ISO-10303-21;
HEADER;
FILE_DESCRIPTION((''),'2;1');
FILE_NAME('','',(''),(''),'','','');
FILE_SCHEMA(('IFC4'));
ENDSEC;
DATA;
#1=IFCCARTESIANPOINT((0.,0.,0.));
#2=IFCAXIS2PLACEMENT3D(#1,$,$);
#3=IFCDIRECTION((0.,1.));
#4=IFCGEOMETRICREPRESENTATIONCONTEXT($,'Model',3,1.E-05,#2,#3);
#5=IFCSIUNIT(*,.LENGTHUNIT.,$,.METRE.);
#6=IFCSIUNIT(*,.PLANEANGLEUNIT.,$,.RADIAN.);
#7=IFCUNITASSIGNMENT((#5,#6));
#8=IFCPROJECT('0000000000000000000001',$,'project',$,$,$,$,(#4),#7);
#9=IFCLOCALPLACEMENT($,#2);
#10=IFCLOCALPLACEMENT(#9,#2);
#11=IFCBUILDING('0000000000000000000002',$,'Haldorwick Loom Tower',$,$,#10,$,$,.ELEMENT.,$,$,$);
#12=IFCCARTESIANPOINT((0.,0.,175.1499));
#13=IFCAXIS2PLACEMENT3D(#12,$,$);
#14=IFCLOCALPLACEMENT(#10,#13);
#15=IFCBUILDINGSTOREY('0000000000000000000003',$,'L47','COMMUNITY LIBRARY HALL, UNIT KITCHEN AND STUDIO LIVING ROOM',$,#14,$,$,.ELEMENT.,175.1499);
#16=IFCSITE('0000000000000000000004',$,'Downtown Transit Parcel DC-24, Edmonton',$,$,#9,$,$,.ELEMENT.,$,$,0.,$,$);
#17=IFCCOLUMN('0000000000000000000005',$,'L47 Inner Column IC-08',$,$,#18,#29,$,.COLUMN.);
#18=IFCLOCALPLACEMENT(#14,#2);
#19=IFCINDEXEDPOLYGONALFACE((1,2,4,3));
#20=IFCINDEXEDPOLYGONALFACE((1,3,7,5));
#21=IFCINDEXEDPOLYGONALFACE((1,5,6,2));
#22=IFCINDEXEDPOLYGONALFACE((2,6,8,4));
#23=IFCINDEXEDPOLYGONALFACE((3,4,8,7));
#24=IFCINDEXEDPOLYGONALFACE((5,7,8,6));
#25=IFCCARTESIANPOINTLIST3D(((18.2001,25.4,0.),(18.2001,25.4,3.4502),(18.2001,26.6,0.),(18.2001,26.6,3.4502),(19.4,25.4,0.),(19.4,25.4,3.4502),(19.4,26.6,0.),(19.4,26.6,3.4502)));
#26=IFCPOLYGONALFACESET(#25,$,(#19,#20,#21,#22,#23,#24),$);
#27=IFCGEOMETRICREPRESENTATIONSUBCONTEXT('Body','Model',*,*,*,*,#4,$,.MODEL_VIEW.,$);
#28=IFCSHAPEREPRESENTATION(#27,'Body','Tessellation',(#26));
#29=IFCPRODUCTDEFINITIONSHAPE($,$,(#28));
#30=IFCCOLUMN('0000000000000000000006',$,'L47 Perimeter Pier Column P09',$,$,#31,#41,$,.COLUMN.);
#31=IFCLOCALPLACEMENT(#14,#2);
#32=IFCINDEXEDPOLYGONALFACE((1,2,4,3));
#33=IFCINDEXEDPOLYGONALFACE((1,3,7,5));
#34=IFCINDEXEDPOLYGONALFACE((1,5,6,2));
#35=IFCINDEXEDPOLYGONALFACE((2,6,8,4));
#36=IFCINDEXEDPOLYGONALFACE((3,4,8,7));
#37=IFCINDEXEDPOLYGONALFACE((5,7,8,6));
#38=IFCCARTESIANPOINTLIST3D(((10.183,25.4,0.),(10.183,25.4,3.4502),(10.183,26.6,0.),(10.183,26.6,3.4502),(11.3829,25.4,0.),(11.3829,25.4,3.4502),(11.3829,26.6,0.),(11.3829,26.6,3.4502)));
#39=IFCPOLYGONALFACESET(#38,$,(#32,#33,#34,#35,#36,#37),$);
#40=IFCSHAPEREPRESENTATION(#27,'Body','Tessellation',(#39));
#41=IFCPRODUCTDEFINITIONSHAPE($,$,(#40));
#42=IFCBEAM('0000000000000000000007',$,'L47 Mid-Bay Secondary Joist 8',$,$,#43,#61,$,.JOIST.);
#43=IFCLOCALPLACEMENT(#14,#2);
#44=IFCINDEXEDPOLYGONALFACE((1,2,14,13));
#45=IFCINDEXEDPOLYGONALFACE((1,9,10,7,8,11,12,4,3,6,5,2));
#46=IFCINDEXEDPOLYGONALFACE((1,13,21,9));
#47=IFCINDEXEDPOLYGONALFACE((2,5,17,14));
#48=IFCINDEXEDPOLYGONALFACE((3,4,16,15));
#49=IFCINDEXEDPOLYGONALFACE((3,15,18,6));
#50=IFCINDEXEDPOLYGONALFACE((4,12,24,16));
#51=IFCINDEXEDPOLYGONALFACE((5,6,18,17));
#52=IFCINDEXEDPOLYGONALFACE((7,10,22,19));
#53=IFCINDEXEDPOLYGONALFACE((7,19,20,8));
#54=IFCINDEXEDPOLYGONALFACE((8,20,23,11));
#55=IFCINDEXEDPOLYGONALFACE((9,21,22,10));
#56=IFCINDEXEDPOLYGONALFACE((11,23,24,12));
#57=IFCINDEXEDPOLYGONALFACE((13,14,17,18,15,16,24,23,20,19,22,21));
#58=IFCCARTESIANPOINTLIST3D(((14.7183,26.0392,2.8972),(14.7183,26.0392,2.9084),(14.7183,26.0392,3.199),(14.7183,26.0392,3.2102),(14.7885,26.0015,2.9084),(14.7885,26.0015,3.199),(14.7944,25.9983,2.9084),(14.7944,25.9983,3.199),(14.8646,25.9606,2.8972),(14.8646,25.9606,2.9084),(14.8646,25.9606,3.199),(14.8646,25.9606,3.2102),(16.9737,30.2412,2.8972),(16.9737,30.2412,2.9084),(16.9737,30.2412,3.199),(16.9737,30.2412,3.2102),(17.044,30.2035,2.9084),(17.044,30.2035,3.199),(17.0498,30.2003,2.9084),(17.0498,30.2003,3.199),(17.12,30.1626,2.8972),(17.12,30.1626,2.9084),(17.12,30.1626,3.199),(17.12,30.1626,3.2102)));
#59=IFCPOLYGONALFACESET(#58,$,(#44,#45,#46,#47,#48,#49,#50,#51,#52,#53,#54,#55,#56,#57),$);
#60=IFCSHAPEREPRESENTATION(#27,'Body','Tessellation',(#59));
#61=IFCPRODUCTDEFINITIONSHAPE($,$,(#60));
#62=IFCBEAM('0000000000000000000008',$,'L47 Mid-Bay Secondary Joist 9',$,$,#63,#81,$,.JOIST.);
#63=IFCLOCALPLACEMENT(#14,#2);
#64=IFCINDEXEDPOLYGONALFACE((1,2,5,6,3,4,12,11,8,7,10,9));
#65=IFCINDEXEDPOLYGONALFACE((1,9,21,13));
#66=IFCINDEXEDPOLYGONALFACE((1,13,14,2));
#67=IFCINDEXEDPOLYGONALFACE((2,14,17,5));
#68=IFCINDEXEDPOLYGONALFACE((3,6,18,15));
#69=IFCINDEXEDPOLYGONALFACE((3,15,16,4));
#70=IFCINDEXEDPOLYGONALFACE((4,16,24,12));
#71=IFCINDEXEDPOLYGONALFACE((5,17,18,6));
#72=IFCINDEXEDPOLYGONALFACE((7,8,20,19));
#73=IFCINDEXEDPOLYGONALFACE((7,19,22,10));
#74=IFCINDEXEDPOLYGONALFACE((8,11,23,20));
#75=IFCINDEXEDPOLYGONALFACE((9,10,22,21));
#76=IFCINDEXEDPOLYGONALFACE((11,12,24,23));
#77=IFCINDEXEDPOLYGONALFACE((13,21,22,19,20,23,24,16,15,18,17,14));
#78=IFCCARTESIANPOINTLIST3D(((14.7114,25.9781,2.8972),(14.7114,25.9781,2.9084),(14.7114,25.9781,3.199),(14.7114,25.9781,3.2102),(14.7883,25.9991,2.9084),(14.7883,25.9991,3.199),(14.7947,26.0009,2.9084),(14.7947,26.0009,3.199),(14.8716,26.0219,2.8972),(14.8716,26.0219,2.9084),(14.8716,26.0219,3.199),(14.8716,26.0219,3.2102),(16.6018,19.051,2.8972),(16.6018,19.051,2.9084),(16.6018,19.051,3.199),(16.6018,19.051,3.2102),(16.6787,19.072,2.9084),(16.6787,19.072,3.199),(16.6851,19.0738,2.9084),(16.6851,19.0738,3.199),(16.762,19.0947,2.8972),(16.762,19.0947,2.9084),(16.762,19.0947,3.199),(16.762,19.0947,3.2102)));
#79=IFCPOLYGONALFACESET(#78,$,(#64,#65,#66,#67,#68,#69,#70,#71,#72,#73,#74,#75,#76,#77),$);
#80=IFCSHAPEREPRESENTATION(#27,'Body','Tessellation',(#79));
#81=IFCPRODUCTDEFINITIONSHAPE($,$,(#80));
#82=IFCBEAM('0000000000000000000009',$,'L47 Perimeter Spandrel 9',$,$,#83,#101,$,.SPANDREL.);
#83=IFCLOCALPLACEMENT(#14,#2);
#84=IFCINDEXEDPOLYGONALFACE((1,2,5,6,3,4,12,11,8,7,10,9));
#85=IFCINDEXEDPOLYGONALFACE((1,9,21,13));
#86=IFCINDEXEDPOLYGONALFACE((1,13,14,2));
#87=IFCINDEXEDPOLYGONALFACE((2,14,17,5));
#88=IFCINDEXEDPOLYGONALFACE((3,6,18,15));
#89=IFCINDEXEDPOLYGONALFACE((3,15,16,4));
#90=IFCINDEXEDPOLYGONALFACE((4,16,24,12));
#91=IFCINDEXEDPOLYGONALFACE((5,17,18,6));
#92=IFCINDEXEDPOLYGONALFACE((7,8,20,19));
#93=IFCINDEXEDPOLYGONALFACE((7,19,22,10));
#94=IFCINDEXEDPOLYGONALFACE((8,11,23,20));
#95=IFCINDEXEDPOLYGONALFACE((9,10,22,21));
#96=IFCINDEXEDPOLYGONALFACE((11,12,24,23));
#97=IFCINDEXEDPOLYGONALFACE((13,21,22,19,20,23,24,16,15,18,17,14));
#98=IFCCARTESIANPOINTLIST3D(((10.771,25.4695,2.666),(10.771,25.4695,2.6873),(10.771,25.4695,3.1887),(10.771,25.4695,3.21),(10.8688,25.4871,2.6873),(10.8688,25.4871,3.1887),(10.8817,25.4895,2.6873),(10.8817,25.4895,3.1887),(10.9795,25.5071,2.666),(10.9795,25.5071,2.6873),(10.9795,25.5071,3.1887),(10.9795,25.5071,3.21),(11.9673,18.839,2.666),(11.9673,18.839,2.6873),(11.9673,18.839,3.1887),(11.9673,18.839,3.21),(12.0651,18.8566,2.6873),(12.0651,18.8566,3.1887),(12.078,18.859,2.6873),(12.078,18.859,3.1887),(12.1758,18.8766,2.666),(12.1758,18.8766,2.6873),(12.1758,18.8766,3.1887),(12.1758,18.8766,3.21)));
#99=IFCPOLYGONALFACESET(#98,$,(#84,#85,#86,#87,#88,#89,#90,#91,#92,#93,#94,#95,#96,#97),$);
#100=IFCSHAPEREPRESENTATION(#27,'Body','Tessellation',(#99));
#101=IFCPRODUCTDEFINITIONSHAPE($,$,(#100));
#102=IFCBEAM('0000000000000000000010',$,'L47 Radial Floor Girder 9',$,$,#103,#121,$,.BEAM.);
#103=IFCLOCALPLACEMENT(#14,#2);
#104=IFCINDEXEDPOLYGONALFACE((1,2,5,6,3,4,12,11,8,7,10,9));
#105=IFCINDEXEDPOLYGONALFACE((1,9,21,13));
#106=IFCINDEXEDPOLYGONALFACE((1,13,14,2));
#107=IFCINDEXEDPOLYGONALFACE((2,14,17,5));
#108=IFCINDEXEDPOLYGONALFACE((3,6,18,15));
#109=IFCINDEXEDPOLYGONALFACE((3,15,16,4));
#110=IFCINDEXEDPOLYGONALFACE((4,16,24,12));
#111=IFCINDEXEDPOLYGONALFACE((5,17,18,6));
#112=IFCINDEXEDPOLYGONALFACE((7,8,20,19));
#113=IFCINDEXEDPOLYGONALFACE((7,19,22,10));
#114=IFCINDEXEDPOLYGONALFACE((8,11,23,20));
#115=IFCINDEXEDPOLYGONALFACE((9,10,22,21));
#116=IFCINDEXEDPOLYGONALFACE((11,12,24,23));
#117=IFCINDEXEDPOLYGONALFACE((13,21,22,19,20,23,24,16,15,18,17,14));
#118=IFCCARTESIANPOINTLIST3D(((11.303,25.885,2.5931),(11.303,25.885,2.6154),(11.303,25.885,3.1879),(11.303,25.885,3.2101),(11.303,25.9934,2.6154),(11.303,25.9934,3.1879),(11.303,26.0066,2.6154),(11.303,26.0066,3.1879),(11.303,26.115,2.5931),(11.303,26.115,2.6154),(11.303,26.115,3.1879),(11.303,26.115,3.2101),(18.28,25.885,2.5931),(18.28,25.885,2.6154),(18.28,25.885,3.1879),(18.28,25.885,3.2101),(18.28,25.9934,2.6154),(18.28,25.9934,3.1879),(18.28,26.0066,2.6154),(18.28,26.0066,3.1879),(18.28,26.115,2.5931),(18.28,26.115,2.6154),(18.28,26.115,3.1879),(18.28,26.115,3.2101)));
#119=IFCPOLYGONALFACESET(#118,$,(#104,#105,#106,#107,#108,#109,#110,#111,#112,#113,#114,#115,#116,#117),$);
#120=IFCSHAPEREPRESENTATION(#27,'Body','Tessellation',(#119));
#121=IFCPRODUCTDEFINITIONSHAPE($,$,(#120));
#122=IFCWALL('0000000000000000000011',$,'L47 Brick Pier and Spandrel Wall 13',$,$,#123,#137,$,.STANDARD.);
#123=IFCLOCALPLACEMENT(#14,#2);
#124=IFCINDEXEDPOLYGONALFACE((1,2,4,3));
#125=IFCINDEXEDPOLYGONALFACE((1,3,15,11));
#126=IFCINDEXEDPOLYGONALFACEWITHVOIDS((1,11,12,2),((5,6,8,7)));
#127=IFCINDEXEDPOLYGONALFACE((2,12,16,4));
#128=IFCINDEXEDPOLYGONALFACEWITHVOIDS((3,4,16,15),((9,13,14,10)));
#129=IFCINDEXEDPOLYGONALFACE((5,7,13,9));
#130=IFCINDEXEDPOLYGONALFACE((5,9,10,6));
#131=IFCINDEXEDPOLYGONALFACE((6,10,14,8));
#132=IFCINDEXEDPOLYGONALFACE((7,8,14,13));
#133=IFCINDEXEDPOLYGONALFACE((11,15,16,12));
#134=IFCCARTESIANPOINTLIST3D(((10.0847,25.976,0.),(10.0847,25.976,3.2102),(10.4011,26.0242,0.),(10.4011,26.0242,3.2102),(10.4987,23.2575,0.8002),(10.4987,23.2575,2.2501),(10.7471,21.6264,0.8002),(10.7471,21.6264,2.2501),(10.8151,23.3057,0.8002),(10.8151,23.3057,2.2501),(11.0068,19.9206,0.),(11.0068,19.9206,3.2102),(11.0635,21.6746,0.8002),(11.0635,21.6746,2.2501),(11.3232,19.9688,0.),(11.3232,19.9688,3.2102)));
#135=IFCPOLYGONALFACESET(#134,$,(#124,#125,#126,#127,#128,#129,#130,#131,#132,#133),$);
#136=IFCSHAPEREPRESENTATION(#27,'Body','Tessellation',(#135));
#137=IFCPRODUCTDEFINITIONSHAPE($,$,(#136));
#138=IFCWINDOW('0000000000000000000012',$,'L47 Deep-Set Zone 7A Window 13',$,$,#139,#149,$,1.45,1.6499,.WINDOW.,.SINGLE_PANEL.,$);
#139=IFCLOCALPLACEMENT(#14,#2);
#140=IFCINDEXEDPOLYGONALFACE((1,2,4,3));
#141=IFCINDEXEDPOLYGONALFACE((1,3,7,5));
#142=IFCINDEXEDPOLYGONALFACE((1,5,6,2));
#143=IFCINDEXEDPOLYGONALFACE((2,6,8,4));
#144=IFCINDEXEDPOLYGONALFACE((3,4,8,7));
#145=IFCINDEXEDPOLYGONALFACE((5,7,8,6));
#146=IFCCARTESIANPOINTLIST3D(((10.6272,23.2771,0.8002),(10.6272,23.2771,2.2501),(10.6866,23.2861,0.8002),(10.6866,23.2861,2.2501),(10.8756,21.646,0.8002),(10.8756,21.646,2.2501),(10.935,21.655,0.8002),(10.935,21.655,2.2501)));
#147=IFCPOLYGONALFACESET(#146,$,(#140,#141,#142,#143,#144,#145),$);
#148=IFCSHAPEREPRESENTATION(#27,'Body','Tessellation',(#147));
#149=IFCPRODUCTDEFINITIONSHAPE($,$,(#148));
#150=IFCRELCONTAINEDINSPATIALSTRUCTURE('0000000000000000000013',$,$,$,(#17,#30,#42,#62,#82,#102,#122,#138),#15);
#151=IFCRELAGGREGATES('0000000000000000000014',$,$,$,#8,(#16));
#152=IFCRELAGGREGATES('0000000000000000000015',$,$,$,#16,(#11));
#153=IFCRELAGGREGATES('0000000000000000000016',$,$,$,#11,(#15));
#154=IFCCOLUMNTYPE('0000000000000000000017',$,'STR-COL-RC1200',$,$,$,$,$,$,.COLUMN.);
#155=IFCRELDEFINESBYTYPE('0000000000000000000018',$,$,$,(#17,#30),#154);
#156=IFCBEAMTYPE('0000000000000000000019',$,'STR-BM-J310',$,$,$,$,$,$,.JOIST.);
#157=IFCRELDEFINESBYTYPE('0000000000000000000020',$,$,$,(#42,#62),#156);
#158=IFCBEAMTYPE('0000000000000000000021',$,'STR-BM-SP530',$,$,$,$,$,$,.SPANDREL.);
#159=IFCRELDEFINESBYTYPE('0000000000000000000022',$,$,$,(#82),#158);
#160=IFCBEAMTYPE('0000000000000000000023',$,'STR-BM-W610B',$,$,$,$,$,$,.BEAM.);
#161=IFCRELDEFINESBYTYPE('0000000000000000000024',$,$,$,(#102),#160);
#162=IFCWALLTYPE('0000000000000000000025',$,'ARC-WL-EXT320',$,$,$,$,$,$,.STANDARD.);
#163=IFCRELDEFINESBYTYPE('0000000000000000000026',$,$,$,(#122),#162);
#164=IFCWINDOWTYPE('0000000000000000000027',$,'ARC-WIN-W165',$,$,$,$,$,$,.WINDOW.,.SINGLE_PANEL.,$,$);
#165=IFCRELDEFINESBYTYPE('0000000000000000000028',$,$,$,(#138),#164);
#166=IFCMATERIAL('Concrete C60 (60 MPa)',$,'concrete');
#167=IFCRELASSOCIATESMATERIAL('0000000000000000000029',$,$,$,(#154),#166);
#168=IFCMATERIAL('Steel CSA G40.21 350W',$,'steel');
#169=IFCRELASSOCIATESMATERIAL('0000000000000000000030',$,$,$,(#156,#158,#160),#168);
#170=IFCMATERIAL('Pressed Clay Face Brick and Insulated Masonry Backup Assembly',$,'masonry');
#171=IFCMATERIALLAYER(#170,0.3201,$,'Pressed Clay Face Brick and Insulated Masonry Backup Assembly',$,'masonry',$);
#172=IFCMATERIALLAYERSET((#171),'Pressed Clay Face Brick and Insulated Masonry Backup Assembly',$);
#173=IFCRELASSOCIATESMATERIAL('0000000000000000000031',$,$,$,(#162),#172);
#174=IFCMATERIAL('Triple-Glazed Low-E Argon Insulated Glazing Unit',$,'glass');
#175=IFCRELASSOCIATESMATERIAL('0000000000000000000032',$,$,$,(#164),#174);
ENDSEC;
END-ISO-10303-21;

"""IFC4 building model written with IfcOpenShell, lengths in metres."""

from ifc_helpers import new_model, si_unit, direction, frame, frame_2d, origin, origin_2d, place, context, subcontext, project, spatial, rectangle, i_section, extrude, material, layer, layer_set, material_profile, profile_set, type_object, element, fill, save


model = new_model("IFC4")

# Units and contexts
model_context = context("Model", 3, precision=1e-05, world=origin(), true_north=direction((0.0, 1.0)))
body_context = subcontext(model_context, "Body", "Model", "MODEL_VIEW")
ifc_project = project(units=[si_unit("LENGTHUNIT", "METRE"), si_unit("PLANEANGLEUNIT", "RADIAN")], contexts=[model_context])

# Site, building, storey
site_placement = place(None, origin())
site = spatial("IfcSite", under=ifc_project, at=site_placement, Name="Downtown Transit Parcel DC-24, Edmonton", CompositionType="ELEMENT", RefElevation=0.0)
building_placement = place(site_placement, origin())
building = spatial("IfcBuilding", under=site, at=building_placement, Name="Haldorwick Loom Tower", CompositionType="ELEMENT")
storey_placement = place(building_placement, frame((0.0, 0.0, 175.1499)))
storey = spatial("IfcBuildingStorey", under=building, at=storey_placement, Name="L47", Description="COMMUNITY LIBRARY HALL, UNIT KITCHEN AND STUDIO LIVING ROOM", CompositionType="ELEMENT", Elevation=175.1499)

# Columns
ifc_material_1 = material(Name="Concrete C60 (60 MPa)", Category="concrete")
ifc_material_profile_1 = material_profile(ifc_material_1, rectangle(XDim=1.2, YDim=1.2, at=origin_2d()), Name="RC1200X1200", Category="concrete")
ifc_profile_set_1 = profile_set([ifc_material_profile_1], Name="Concrete C60 (60 MPa)")
column_type = type_object("IfcColumnType", Name="STR-COL-RC1200", PredefinedType="COLUMN", material=ifc_profile_set_1)
for number, where, z_axis, x_axis, name in (
    (1, (18.8, 26.0, 0.0), (0.0, 0.0, 1.0), (1.0, 0.0, 0.0), "L47 Inner Column IC-08"),
    (2, (10.783, 26.0, 0.0), (0.0, 0.0, 1.0), (-1.0, 0.0, 0.0), "L47 Perimeter Pier Column P09"),
):
    element("IfcColumn", number, at=place(storey_placement, frame(where, z_axis=z_axis, x_axis=x_axis)), inside=storey, type_object=column_type, Name=name, PredefinedType="COLUMN", context=body_context, shape_type="SweptSolid", body=[
        extrude(rectangle(XDim=1.2, YDim=1.2, at=origin_2d()), origin(), (0.0, 0.0, 1.0), 3.4502),
    ])

# Beams
ifc_material_2 = material(Name="Steel CSA G40.21 350W", Category="steel")
ifc_material_profile_2 = material_profile(ifc_material_2, i_section(OverallWidth=0.166, OverallDepth=0.313, WebThickness=0.0066, FlangeThickness=0.0112, at=origin_2d()), Name="W310X45", Category="steel")
ifc_profile_set_2 = profile_set([ifc_material_profile_2], Name="Steel CSA G40.21 350W")
beam_type_1 = type_object("IfcBeamType", Name="STR-BM-J310", PredefinedType="JOIST", material=ifc_profile_set_2)
beam_1_placement = place(storey_placement, frame((17.0469, 30.2019, 3.0537), z_axis=(-0.47293, -0.8811, 0.0), x_axis=(0.8811, -0.47293, 0.0)))
element("IfcBeam", 3, at=beam_1_placement, inside=storey, type_object=beam_type_1, Name="L47 Mid-Bay Secondary Joist 8", PredefinedType="JOIST", context=body_context, shape_type="SweptSolid", body=[
    extrude(i_section(OverallWidth=0.166, OverallDepth=0.313, WebThickness=0.0066, FlangeThickness=0.0112, at=origin_2d()), origin(), (0.0, 0.0, 1.0), 4.769),
])
beam_2_placement = place(storey_placement, frame((14.7915, 26.0, 3.0537), z_axis=(0.263273, -0.964721, 0.0), x_axis=(0.964721, 0.263273, 0.0)))
element("IfcBeam", 4, at=beam_2_placement, inside=storey, type_object=beam_type_1, Name="L47 Mid-Bay Secondary Joist 9", PredefinedType="JOIST", context=body_context, shape_type="SweptSolid", body=[
    extrude(i_section(OverallWidth=0.166, OverallDepth=0.313, WebThickness=0.0066, FlangeThickness=0.0112, at=origin_2d()), origin(), (0.0, 0.0, 1.0), 7.1804),
])
ifc_material_profile_3 = material_profile(ifc_material_2, i_section(OverallWidth=0.2119, OverallDepth=0.5439, WebThickness=0.0132, FlangeThickness=0.0212, at=origin_2d()), Name="W530X123", Category="steel")
ifc_profile_set_3 = profile_set([ifc_material_profile_3], Name="Steel CSA G40.21 350W")
beam_type_2 = type_object("IfcBeamType", Name="STR-BM-SP530", PredefinedType="SPANDREL", material=ifc_profile_set_3)
beam_3_placement = place(storey_placement, frame((10.8752, 25.4883, 2.938), z_axis=(0.177559, -0.98411, 0.0), x_axis=(0.98411, 0.177559, 0.0)))
element("IfcBeam", 5, at=beam_3_placement, inside=storey, type_object=beam_type_2, Name="L47 Perimeter Spandrel 9", PredefinedType="SPANDREL", context=body_context, shape_type="SweptSolid", body=[
    extrude(i_section(OverallWidth=0.2119, OverallDepth=0.5439, WebThickness=0.0132, FlangeThickness=0.0212, at=origin_2d()), origin(), (0.0, 0.0, 1.0), 6.7375),
])
ifc_material_profile_4 = material_profile(ifc_material_2, i_section(OverallWidth=0.23, OverallDepth=0.6169, WebThickness=0.0132, FlangeThickness=0.0222, at=origin_2d()), Name="W610X140", Category="steel")
ifc_profile_set_4 = profile_set([ifc_material_profile_4], Name="Steel CSA G40.21 350W")
beam_type_3 = type_object("IfcBeamType", Name="STR-BM-W610B", PredefinedType="BEAM", material=ifc_profile_set_4)
beam_4_placement = place(storey_placement, frame((18.28, 26.0, 2.9016), z_axis=(-1.0, 0.0, 0.0), x_axis=(0.0, -1.0, 0.0)))
element("IfcBeam", 6, at=beam_4_placement, inside=storey, type_object=beam_type_3, Name="L47 Radial Floor Girder 9", PredefinedType="BEAM", context=body_context, shape_type="SweptSolid", body=[
    extrude(i_section(OverallWidth=0.23, OverallDepth=0.6169, WebThickness=0.0132, FlangeThickness=0.0222, at=origin_2d()), origin(), (0.0, 0.0, 1.0), 6.9771),
])

# Wall, opening, window
ifc_material_3 = material(Name="Pressed Clay Face Brick and Insulated Masonry Backup Assembly", Category="masonry")
ifc_layer_1 = layer(ifc_material_3, 0.3201, Name="Pressed Clay Face Brick and Insulated Masonry Backup Assembly", Category="masonry")
ifc_layer_set_1 = layer_set([ifc_layer_1], Name="Pressed Clay Face Brick and Insulated Masonry Backup Assembly")
wall_type_1 = type_object("IfcWallType", Name="ARC-WL-EXT320", PredefinedType="STANDARD", material=ifc_layer_set_1)
wall_1_placement = place(storey_placement, frame((10.2429, 26.0, 0.0), z_axis=(0.0, 0.0, 1.0), x_axis=(0.150544, -0.988603, 0.0)))
wall_1 = element("IfcWall", 7, at=wall_1_placement, inside=storey, type_object=wall_type_1, Name="L47 Brick Pier and Spandrel Wall 13", PredefinedType="STANDARD", context=body_context, shape_type="SweptSolid", body=[
    extrude(rectangle(XDim=6.1252, YDim=0.3201, at=frame_2d((3.0625, 0.0))), origin(), (0.0, 0.0, 1.0), 3.2102),
])
opening_1_placement = place(wall_1_placement, frame((2.7498, 0.0, 0.8)))
opening_1 = element("IfcOpeningElement", 8, at=opening_1_placement, cuts=wall_1, PredefinedType="OPENING", context=body_context, shape_type="SweptSolid", body=[
    extrude(rectangle(XDim=1.6499, YDim=1.45, at=frame_2d((0.825, 0.7251))), frame((0.0, 0.1699, 0.0), z_axis=(0.0, -1.0, 0.0), x_axis=(1.0, 0.0, 0.0)), (0.0, 0.0, 1.0), 0.3401),
])
ifc_material_4 = material(Name="Triple-Glazed Low-E Argon Insulated Glazing Unit", Category="glass")
window_type = type_object("IfcWindowType", Name="ARC-WIN-W165", PartitioningType="SINGLE_PANEL", PredefinedType="WINDOW", material=ifc_material_4)
window_placement = place(opening_1_placement, origin())
window = element("IfcWindow", 9, at=window_placement, inside=storey, type_object=window_type, Name="L47 Deep-Set Zone 7A Window 13", OverallHeight=1.45, OverallWidth=1.6499, PartitioningType="SINGLE_PANEL", PredefinedType="WINDOW", context=body_context, shape_type="SweptSolid", body=[
    extrude(rectangle(XDim=1.6499, YDim=1.45, at=frame_2d((0.825, 0.7251))), frame((0.0, 0.03, 0.0), z_axis=(0.0, -1.0, 0.0), x_axis=(1.0, 0.0, 0.0)), (0.0, 0.0, 1.0), 0.0601),
])
fill(opening_1, window)

save(model, "model.ifc")
